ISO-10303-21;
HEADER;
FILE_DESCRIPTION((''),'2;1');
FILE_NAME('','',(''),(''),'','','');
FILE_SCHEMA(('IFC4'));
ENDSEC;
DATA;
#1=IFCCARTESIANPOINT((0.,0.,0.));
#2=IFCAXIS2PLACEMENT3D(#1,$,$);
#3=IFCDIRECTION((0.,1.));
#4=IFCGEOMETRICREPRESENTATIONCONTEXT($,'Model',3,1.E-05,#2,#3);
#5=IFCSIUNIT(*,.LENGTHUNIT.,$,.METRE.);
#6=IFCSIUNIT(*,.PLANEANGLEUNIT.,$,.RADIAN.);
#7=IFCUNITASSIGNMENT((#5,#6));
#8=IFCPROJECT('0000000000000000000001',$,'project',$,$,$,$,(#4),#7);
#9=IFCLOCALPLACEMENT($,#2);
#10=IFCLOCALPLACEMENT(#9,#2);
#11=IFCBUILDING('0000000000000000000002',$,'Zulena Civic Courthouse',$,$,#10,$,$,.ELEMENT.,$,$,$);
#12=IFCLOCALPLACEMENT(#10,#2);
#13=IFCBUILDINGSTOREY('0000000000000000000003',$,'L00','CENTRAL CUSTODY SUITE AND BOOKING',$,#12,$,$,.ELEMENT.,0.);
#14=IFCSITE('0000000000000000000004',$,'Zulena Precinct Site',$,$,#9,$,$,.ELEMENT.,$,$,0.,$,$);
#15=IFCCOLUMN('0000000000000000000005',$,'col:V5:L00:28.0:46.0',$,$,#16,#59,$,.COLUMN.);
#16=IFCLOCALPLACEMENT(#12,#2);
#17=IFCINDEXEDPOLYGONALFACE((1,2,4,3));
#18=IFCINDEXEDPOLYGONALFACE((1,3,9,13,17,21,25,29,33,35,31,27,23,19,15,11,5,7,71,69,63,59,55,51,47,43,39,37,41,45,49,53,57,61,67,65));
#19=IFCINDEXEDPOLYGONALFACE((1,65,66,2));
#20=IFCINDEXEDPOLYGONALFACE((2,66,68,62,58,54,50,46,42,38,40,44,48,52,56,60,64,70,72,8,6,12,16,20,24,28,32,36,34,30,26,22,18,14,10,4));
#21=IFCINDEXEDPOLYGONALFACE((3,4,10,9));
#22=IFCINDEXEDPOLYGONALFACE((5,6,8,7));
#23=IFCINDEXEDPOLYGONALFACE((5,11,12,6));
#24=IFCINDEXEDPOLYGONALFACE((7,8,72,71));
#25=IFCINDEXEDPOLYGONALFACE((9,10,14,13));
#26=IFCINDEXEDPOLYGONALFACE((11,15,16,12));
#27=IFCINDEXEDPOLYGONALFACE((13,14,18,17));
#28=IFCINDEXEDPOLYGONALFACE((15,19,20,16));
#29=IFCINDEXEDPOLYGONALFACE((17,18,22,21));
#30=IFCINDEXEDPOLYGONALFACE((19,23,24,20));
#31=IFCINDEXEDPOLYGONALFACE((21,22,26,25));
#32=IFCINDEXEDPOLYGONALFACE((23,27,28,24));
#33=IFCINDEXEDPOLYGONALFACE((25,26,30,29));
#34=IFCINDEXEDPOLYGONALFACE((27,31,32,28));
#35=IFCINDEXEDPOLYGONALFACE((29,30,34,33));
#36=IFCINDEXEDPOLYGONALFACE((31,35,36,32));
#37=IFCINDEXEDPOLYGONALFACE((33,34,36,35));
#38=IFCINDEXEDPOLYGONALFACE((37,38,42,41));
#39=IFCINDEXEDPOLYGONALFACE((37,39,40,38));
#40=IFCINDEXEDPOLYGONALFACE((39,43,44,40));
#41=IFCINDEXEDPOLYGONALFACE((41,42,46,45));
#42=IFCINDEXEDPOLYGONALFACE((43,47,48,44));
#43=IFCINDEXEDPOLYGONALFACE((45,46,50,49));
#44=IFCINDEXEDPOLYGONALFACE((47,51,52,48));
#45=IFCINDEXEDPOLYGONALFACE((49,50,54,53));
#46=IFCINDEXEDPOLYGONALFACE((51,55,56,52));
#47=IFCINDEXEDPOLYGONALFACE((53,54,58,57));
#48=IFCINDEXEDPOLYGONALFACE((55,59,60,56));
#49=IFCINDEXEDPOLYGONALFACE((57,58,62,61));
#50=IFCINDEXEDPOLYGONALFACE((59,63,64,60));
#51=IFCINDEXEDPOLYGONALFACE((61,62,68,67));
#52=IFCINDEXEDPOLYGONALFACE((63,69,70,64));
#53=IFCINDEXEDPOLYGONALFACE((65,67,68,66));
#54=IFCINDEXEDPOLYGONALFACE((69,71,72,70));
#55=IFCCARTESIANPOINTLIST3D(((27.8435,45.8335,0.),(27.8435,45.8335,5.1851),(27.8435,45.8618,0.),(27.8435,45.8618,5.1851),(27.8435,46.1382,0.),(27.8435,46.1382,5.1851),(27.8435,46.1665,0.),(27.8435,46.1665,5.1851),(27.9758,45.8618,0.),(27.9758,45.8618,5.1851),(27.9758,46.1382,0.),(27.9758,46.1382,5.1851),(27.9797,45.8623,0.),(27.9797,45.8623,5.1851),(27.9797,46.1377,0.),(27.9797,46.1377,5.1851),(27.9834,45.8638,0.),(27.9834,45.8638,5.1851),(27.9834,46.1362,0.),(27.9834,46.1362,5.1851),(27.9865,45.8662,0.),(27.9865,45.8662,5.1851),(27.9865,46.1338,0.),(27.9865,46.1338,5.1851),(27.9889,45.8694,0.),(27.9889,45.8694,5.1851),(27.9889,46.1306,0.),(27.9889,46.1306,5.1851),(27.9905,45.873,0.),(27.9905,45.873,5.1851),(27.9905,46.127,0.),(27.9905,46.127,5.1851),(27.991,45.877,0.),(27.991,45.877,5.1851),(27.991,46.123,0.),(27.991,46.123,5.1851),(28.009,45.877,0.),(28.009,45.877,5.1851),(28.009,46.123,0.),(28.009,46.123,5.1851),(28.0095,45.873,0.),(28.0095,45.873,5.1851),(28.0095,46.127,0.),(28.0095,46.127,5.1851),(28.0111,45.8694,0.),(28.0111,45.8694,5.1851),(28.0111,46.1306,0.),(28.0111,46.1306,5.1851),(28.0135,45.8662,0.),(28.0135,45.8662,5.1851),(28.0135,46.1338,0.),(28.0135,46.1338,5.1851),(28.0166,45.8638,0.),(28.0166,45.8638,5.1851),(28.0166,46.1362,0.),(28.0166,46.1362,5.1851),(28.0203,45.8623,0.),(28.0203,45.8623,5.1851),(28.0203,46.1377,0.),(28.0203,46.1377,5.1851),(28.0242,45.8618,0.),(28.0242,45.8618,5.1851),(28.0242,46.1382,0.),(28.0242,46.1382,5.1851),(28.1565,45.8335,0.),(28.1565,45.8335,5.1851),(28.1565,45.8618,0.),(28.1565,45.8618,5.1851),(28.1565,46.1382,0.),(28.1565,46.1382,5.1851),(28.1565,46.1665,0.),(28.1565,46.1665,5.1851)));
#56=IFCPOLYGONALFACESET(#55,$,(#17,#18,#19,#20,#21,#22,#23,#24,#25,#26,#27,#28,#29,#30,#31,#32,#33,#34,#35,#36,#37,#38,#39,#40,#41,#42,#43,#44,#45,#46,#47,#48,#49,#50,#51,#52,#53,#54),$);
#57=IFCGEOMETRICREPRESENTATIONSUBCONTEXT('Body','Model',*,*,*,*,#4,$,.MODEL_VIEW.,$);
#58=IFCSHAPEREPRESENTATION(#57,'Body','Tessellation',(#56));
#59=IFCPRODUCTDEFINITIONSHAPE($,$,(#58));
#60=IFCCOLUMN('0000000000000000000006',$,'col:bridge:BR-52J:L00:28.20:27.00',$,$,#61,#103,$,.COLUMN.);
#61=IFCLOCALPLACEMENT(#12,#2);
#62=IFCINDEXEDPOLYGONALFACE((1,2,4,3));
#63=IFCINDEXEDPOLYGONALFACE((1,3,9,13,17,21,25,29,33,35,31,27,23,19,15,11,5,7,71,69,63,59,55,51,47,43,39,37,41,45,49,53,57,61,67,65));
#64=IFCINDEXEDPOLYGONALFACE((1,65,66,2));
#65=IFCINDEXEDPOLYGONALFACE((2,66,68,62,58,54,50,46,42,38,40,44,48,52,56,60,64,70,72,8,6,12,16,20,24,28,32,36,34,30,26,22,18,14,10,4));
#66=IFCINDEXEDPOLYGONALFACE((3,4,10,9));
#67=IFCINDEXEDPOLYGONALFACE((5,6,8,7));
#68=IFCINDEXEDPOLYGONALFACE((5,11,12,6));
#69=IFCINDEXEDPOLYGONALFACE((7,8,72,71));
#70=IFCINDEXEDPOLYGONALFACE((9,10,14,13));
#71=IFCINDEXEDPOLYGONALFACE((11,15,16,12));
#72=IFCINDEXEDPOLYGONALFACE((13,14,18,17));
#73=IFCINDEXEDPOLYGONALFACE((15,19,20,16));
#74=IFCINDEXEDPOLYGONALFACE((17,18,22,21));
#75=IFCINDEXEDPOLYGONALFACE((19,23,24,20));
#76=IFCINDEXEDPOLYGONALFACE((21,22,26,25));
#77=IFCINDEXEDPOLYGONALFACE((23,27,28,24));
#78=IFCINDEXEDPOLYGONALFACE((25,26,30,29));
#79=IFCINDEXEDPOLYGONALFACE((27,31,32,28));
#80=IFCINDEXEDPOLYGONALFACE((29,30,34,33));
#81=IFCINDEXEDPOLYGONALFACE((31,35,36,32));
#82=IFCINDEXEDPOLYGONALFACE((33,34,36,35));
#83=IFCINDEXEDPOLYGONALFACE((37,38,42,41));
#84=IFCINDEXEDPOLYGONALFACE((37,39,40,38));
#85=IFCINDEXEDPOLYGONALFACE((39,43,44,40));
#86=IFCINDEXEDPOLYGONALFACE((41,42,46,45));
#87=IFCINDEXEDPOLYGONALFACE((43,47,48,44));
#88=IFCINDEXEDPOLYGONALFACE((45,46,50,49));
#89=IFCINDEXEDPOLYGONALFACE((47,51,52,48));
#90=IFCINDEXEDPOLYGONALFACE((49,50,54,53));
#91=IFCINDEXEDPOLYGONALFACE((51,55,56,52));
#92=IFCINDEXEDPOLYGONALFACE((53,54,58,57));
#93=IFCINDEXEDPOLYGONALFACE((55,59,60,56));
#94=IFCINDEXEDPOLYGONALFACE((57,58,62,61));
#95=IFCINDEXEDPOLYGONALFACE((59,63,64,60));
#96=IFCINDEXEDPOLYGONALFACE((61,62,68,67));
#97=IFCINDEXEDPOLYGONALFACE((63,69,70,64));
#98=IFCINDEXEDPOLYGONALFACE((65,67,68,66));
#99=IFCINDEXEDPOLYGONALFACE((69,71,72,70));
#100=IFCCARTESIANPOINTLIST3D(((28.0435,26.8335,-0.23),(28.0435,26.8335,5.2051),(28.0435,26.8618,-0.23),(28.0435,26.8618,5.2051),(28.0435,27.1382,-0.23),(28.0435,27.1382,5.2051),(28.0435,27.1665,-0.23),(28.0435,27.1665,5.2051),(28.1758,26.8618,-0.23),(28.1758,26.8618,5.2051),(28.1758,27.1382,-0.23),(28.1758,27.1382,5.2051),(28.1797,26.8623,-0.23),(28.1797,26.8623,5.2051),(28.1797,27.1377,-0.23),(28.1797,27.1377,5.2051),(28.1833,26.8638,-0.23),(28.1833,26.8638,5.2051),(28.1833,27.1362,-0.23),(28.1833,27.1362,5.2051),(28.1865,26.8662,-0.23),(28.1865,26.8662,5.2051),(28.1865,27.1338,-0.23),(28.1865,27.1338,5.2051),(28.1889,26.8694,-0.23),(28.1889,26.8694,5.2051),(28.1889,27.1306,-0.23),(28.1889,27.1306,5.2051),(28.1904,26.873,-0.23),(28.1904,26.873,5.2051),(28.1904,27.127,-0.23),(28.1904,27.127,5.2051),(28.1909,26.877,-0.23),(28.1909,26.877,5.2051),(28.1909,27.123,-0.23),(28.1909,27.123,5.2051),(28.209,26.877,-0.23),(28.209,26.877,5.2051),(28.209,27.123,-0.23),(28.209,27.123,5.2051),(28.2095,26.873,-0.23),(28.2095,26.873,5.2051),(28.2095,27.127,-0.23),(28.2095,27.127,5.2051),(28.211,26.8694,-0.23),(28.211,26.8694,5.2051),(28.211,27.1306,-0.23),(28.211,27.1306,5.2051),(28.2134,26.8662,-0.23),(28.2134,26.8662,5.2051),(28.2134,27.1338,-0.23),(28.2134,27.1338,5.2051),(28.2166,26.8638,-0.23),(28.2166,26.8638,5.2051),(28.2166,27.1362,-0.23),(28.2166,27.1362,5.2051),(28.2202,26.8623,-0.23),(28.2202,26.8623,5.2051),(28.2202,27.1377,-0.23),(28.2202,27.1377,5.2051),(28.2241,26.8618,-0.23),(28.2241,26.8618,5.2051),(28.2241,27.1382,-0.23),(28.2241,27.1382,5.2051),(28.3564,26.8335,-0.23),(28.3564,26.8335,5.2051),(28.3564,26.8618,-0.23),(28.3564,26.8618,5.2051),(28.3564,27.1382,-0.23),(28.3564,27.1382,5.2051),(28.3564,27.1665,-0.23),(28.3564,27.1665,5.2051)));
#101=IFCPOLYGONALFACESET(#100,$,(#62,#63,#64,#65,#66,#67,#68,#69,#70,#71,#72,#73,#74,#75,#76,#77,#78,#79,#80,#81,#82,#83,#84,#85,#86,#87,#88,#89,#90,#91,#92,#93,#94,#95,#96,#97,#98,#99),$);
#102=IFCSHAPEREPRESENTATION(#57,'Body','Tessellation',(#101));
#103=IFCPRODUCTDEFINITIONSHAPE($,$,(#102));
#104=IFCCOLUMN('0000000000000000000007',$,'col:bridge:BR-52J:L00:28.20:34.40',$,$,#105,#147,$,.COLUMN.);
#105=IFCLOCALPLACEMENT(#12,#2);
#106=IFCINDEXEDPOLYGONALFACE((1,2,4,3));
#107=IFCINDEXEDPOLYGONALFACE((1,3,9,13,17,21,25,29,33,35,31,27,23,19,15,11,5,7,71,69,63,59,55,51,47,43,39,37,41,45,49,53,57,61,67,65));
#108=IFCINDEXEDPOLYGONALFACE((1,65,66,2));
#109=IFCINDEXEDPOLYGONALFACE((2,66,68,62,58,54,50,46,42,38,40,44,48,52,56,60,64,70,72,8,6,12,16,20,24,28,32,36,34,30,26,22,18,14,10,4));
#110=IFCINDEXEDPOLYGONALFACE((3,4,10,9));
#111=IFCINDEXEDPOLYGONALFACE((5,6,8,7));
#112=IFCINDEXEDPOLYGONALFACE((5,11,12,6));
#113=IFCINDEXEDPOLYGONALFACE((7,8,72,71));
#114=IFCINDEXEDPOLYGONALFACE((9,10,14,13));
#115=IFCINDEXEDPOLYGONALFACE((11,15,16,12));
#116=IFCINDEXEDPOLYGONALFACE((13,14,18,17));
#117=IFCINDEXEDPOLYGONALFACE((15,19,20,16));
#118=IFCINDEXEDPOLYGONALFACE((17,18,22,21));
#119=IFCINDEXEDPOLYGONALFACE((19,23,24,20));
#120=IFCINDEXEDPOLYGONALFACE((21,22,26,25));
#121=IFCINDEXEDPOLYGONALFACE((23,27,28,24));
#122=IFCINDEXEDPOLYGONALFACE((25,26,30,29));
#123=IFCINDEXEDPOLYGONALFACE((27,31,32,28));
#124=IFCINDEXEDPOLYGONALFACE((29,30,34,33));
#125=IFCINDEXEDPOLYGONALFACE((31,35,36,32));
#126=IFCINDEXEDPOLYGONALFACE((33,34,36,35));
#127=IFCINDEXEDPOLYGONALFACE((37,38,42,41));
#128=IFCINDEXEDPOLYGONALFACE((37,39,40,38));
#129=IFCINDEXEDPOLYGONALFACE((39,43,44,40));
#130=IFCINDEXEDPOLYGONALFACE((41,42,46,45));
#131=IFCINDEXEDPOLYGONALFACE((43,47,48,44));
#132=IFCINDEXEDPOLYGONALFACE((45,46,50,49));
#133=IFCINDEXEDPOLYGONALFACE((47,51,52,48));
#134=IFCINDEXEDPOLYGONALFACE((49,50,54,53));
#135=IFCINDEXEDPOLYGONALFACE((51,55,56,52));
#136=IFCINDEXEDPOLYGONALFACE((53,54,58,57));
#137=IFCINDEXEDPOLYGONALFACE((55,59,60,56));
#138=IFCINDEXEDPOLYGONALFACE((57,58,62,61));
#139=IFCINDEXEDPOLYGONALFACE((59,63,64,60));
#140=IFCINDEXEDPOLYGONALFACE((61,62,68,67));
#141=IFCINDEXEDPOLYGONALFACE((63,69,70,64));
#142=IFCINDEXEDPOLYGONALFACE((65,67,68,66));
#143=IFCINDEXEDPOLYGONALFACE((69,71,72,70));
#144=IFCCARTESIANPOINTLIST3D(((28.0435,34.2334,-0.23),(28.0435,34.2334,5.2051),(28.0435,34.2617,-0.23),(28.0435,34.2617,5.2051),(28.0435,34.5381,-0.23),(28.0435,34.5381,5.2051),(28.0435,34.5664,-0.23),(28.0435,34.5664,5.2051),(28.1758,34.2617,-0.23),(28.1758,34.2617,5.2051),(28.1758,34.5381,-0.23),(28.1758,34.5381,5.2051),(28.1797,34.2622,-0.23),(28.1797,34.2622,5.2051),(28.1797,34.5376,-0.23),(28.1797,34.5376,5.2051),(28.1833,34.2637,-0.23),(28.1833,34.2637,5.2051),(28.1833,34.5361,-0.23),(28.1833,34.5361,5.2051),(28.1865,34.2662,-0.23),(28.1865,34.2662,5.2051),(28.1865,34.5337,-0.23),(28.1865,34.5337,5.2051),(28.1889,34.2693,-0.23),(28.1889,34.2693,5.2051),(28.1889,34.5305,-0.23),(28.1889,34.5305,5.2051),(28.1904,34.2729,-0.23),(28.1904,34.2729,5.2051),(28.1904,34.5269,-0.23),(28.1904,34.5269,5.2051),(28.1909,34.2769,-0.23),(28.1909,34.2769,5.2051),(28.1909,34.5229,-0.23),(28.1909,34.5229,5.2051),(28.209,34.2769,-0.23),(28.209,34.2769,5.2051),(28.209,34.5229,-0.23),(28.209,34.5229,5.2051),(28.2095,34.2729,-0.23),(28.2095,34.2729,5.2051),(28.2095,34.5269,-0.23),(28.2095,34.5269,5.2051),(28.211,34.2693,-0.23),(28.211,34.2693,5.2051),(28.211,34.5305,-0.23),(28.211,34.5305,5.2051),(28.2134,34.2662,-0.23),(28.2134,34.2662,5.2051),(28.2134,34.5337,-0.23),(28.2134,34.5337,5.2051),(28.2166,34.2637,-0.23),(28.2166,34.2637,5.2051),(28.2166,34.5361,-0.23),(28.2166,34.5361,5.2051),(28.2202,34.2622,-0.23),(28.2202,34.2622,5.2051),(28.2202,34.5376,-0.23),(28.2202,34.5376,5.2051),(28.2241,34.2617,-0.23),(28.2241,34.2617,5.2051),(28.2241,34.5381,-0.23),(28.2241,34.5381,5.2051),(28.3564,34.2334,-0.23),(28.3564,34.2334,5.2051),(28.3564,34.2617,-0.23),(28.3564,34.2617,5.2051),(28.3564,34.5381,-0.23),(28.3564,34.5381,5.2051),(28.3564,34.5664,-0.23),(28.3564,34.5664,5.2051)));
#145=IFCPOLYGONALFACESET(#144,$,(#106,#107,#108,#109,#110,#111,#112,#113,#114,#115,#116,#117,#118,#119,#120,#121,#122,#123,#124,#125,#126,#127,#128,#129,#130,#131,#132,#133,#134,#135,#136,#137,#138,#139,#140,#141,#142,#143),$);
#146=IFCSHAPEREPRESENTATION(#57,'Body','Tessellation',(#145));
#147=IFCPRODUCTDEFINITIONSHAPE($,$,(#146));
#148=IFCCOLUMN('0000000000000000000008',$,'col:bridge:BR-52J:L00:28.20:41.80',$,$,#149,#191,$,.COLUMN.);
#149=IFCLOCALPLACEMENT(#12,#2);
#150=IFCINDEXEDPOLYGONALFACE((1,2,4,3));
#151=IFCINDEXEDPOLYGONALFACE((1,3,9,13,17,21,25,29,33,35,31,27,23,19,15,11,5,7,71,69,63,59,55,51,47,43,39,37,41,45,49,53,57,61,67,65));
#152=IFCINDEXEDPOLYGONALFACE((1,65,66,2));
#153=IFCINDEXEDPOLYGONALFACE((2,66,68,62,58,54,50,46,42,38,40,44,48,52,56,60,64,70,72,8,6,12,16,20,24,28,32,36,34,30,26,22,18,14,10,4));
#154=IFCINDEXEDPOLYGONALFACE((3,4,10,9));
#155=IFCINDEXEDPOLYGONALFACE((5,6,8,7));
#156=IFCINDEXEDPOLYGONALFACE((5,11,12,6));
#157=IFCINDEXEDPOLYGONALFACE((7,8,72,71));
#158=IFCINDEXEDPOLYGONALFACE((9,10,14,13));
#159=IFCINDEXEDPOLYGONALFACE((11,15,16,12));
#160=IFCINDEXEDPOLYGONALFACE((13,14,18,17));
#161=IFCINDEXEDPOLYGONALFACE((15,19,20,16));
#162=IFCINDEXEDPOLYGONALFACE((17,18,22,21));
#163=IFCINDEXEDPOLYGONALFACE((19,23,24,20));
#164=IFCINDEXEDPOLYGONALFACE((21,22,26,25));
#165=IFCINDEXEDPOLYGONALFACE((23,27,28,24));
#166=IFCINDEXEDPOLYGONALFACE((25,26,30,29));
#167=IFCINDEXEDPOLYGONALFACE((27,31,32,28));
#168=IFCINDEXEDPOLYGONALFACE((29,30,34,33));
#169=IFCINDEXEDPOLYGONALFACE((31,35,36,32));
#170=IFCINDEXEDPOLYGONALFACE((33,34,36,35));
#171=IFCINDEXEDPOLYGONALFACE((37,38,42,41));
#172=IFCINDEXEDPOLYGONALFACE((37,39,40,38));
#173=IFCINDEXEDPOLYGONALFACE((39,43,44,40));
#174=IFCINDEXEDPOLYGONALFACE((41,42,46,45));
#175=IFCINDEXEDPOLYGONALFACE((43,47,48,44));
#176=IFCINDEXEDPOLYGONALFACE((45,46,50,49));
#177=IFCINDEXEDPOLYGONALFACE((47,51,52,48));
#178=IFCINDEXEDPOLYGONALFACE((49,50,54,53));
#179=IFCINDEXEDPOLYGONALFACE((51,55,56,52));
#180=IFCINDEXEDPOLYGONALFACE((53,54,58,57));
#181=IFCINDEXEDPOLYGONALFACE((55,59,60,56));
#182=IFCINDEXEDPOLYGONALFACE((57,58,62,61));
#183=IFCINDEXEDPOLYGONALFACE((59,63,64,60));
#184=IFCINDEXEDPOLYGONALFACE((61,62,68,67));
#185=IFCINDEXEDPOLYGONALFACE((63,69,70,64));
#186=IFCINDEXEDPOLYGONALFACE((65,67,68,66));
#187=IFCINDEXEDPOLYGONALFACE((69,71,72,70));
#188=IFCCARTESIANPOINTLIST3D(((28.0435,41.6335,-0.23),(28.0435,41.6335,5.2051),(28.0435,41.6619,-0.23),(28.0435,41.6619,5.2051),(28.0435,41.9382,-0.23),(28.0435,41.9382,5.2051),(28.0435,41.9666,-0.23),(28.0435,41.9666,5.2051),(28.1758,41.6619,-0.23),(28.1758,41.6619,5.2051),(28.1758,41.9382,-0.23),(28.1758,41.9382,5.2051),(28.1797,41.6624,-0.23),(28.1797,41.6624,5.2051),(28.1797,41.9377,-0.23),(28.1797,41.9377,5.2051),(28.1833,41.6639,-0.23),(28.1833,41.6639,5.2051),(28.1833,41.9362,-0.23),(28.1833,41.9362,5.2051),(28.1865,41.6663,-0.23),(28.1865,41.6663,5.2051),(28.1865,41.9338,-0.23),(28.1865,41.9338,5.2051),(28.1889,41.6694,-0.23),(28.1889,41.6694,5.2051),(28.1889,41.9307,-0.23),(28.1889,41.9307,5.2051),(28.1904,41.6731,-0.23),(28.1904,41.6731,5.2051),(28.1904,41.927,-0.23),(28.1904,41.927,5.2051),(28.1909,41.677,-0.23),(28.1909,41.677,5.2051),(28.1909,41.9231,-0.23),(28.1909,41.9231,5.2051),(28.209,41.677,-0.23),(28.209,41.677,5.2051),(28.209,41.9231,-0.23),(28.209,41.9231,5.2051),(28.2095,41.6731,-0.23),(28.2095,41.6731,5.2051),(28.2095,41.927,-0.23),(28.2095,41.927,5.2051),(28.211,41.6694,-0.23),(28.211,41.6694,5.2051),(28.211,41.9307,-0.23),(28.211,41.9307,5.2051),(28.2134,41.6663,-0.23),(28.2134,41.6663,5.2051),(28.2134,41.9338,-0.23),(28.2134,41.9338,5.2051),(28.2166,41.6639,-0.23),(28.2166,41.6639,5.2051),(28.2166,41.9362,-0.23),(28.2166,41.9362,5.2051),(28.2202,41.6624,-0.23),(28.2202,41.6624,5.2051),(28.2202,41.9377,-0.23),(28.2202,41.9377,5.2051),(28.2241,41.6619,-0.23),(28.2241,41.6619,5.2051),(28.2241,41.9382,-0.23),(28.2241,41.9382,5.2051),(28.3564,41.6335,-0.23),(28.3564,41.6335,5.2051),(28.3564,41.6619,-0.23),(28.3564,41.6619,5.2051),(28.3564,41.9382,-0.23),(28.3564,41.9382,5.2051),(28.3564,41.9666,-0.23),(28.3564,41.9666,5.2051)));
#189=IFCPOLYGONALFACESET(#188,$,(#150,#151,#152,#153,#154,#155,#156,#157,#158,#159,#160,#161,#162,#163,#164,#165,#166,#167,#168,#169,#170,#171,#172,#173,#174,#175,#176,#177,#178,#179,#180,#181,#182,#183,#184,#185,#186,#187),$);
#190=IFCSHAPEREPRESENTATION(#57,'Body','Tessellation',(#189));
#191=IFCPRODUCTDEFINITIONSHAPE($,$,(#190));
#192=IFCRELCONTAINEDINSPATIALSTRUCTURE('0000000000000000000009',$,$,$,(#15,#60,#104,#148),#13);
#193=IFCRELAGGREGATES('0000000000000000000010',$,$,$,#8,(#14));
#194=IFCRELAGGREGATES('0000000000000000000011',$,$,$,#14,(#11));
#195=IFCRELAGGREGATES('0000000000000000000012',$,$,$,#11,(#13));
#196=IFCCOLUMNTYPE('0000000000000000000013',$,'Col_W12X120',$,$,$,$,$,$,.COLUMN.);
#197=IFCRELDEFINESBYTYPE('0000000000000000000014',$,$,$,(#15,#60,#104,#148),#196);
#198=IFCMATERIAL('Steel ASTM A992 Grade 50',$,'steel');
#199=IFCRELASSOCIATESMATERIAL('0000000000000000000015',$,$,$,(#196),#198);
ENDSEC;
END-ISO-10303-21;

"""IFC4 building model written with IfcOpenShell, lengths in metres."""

from ifc_helpers import new_model, si_unit, direction, frame, origin, origin_2d, place, context, subcontext, project, spatial, i_section, extrude, material, material_profile, profile_set, type_object, element, save


model = new_model("IFC4")

# Units and contexts
model_context = context("Model", 3, precision=1e-05, world=origin(), true_north=direction((0.0, 1.0)))
body_context = subcontext(model_context, "Body", "Model", "MODEL_VIEW")
ifc_project = project(units=[si_unit("LENGTHUNIT", "METRE"), si_unit("PLANEANGLEUNIT", "RADIAN")], contexts=[model_context])

# Site, building, storey
site_placement = place(None, origin())
site = spatial("IfcSite", under=ifc_project, at=site_placement, Name="Zulena Precinct Site", CompositionType="ELEMENT", RefElevation=0.0)
building_placement = place(site_placement, origin())
building = spatial("IfcBuilding", under=site, at=building_placement, Name="Zulena Civic Courthouse", CompositionType="ELEMENT")
storey_placement = place(building_placement, origin())
storey = spatial("IfcBuildingStorey", under=building, at=storey_placement, Name="L00", Description="CENTRAL CUSTODY SUITE AND BOOKING", CompositionType="ELEMENT", Elevation=0.0)

# Columns
ifc_material_1 = material(Name="Steel ASTM A992 Grade 50", Category="steel")
ifc_material_profile_1 = material_profile(ifc_material_1, i_section(OverallWidth=0.313, OverallDepth=0.333, WebThickness=0.0181, FlangeThickness=0.0283, FilletRadius=0.0151, at=origin_2d()), Name="W12X120")
ifc_profile_set_1 = profile_set([ifc_material_profile_1], Name="Steel ASTM A992 Grade 50")
column_type = type_object("IfcColumnType", Name="Col_W12X120", PredefinedType="COLUMN", material=ifc_profile_set_1)
for number, where, z_axis, x_axis, name in (
    (1, (28.0, 46.0, 0.0), (0.0, 0.0, 1.0), (1.0, 0.0, 0.0), "col:V5:L00:28.0:46.0"),
):
    element("IfcColumn", number, at=place(storey_placement, frame(where, z_axis=z_axis, x_axis=x_axis)), inside=storey, type_object=column_type, Name=name, PredefinedType="COLUMN", context=body_context, shape_type="SweptSolid", body=[
        extrude(i_section(OverallWidth=0.313, OverallDepth=0.333, WebThickness=0.0181, FlangeThickness=0.0283, FilletRadius=0.0151, at=origin_2d()), origin(), (0.0, 0.0, 1.0), 5.1851),
    ])
for number, where, z_axis, x_axis, name in (
    (2, (28.2, 27.0, -0.23), (0.0, 0.0, 1.0), (1.0, 0.0, 0.0), "col:bridge:BR-52J:L00:28.20:27.00"),
    (3, (28.2, 34.3999, -0.23), (0.0, 0.0, 1.0), (1.0, 0.0, 0.0), "col:bridge:BR-52J:L00:28.20:34.40"),
    (4, (28.2, 41.8, -0.23), (0.0, 0.0, 1.0), (1.0, 0.0, 0.0), "col:bridge:BR-52J:L00:28.20:41.80"),
):
    element("IfcColumn", number, at=place(storey_placement, frame(where, z_axis=z_axis, x_axis=x_axis)), inside=storey, type_object=column_type, Name=name, PredefinedType="COLUMN", context=body_context, shape_type="SweptSolid", body=[
        extrude(i_section(OverallWidth=0.313, OverallDepth=0.333, WebThickness=0.0181, FlangeThickness=0.0283, FilletRadius=0.0151, at=origin_2d()), origin(), (0.0, 0.0, 1.0), 5.4351),
    ])

save(model, "model.ifc")
